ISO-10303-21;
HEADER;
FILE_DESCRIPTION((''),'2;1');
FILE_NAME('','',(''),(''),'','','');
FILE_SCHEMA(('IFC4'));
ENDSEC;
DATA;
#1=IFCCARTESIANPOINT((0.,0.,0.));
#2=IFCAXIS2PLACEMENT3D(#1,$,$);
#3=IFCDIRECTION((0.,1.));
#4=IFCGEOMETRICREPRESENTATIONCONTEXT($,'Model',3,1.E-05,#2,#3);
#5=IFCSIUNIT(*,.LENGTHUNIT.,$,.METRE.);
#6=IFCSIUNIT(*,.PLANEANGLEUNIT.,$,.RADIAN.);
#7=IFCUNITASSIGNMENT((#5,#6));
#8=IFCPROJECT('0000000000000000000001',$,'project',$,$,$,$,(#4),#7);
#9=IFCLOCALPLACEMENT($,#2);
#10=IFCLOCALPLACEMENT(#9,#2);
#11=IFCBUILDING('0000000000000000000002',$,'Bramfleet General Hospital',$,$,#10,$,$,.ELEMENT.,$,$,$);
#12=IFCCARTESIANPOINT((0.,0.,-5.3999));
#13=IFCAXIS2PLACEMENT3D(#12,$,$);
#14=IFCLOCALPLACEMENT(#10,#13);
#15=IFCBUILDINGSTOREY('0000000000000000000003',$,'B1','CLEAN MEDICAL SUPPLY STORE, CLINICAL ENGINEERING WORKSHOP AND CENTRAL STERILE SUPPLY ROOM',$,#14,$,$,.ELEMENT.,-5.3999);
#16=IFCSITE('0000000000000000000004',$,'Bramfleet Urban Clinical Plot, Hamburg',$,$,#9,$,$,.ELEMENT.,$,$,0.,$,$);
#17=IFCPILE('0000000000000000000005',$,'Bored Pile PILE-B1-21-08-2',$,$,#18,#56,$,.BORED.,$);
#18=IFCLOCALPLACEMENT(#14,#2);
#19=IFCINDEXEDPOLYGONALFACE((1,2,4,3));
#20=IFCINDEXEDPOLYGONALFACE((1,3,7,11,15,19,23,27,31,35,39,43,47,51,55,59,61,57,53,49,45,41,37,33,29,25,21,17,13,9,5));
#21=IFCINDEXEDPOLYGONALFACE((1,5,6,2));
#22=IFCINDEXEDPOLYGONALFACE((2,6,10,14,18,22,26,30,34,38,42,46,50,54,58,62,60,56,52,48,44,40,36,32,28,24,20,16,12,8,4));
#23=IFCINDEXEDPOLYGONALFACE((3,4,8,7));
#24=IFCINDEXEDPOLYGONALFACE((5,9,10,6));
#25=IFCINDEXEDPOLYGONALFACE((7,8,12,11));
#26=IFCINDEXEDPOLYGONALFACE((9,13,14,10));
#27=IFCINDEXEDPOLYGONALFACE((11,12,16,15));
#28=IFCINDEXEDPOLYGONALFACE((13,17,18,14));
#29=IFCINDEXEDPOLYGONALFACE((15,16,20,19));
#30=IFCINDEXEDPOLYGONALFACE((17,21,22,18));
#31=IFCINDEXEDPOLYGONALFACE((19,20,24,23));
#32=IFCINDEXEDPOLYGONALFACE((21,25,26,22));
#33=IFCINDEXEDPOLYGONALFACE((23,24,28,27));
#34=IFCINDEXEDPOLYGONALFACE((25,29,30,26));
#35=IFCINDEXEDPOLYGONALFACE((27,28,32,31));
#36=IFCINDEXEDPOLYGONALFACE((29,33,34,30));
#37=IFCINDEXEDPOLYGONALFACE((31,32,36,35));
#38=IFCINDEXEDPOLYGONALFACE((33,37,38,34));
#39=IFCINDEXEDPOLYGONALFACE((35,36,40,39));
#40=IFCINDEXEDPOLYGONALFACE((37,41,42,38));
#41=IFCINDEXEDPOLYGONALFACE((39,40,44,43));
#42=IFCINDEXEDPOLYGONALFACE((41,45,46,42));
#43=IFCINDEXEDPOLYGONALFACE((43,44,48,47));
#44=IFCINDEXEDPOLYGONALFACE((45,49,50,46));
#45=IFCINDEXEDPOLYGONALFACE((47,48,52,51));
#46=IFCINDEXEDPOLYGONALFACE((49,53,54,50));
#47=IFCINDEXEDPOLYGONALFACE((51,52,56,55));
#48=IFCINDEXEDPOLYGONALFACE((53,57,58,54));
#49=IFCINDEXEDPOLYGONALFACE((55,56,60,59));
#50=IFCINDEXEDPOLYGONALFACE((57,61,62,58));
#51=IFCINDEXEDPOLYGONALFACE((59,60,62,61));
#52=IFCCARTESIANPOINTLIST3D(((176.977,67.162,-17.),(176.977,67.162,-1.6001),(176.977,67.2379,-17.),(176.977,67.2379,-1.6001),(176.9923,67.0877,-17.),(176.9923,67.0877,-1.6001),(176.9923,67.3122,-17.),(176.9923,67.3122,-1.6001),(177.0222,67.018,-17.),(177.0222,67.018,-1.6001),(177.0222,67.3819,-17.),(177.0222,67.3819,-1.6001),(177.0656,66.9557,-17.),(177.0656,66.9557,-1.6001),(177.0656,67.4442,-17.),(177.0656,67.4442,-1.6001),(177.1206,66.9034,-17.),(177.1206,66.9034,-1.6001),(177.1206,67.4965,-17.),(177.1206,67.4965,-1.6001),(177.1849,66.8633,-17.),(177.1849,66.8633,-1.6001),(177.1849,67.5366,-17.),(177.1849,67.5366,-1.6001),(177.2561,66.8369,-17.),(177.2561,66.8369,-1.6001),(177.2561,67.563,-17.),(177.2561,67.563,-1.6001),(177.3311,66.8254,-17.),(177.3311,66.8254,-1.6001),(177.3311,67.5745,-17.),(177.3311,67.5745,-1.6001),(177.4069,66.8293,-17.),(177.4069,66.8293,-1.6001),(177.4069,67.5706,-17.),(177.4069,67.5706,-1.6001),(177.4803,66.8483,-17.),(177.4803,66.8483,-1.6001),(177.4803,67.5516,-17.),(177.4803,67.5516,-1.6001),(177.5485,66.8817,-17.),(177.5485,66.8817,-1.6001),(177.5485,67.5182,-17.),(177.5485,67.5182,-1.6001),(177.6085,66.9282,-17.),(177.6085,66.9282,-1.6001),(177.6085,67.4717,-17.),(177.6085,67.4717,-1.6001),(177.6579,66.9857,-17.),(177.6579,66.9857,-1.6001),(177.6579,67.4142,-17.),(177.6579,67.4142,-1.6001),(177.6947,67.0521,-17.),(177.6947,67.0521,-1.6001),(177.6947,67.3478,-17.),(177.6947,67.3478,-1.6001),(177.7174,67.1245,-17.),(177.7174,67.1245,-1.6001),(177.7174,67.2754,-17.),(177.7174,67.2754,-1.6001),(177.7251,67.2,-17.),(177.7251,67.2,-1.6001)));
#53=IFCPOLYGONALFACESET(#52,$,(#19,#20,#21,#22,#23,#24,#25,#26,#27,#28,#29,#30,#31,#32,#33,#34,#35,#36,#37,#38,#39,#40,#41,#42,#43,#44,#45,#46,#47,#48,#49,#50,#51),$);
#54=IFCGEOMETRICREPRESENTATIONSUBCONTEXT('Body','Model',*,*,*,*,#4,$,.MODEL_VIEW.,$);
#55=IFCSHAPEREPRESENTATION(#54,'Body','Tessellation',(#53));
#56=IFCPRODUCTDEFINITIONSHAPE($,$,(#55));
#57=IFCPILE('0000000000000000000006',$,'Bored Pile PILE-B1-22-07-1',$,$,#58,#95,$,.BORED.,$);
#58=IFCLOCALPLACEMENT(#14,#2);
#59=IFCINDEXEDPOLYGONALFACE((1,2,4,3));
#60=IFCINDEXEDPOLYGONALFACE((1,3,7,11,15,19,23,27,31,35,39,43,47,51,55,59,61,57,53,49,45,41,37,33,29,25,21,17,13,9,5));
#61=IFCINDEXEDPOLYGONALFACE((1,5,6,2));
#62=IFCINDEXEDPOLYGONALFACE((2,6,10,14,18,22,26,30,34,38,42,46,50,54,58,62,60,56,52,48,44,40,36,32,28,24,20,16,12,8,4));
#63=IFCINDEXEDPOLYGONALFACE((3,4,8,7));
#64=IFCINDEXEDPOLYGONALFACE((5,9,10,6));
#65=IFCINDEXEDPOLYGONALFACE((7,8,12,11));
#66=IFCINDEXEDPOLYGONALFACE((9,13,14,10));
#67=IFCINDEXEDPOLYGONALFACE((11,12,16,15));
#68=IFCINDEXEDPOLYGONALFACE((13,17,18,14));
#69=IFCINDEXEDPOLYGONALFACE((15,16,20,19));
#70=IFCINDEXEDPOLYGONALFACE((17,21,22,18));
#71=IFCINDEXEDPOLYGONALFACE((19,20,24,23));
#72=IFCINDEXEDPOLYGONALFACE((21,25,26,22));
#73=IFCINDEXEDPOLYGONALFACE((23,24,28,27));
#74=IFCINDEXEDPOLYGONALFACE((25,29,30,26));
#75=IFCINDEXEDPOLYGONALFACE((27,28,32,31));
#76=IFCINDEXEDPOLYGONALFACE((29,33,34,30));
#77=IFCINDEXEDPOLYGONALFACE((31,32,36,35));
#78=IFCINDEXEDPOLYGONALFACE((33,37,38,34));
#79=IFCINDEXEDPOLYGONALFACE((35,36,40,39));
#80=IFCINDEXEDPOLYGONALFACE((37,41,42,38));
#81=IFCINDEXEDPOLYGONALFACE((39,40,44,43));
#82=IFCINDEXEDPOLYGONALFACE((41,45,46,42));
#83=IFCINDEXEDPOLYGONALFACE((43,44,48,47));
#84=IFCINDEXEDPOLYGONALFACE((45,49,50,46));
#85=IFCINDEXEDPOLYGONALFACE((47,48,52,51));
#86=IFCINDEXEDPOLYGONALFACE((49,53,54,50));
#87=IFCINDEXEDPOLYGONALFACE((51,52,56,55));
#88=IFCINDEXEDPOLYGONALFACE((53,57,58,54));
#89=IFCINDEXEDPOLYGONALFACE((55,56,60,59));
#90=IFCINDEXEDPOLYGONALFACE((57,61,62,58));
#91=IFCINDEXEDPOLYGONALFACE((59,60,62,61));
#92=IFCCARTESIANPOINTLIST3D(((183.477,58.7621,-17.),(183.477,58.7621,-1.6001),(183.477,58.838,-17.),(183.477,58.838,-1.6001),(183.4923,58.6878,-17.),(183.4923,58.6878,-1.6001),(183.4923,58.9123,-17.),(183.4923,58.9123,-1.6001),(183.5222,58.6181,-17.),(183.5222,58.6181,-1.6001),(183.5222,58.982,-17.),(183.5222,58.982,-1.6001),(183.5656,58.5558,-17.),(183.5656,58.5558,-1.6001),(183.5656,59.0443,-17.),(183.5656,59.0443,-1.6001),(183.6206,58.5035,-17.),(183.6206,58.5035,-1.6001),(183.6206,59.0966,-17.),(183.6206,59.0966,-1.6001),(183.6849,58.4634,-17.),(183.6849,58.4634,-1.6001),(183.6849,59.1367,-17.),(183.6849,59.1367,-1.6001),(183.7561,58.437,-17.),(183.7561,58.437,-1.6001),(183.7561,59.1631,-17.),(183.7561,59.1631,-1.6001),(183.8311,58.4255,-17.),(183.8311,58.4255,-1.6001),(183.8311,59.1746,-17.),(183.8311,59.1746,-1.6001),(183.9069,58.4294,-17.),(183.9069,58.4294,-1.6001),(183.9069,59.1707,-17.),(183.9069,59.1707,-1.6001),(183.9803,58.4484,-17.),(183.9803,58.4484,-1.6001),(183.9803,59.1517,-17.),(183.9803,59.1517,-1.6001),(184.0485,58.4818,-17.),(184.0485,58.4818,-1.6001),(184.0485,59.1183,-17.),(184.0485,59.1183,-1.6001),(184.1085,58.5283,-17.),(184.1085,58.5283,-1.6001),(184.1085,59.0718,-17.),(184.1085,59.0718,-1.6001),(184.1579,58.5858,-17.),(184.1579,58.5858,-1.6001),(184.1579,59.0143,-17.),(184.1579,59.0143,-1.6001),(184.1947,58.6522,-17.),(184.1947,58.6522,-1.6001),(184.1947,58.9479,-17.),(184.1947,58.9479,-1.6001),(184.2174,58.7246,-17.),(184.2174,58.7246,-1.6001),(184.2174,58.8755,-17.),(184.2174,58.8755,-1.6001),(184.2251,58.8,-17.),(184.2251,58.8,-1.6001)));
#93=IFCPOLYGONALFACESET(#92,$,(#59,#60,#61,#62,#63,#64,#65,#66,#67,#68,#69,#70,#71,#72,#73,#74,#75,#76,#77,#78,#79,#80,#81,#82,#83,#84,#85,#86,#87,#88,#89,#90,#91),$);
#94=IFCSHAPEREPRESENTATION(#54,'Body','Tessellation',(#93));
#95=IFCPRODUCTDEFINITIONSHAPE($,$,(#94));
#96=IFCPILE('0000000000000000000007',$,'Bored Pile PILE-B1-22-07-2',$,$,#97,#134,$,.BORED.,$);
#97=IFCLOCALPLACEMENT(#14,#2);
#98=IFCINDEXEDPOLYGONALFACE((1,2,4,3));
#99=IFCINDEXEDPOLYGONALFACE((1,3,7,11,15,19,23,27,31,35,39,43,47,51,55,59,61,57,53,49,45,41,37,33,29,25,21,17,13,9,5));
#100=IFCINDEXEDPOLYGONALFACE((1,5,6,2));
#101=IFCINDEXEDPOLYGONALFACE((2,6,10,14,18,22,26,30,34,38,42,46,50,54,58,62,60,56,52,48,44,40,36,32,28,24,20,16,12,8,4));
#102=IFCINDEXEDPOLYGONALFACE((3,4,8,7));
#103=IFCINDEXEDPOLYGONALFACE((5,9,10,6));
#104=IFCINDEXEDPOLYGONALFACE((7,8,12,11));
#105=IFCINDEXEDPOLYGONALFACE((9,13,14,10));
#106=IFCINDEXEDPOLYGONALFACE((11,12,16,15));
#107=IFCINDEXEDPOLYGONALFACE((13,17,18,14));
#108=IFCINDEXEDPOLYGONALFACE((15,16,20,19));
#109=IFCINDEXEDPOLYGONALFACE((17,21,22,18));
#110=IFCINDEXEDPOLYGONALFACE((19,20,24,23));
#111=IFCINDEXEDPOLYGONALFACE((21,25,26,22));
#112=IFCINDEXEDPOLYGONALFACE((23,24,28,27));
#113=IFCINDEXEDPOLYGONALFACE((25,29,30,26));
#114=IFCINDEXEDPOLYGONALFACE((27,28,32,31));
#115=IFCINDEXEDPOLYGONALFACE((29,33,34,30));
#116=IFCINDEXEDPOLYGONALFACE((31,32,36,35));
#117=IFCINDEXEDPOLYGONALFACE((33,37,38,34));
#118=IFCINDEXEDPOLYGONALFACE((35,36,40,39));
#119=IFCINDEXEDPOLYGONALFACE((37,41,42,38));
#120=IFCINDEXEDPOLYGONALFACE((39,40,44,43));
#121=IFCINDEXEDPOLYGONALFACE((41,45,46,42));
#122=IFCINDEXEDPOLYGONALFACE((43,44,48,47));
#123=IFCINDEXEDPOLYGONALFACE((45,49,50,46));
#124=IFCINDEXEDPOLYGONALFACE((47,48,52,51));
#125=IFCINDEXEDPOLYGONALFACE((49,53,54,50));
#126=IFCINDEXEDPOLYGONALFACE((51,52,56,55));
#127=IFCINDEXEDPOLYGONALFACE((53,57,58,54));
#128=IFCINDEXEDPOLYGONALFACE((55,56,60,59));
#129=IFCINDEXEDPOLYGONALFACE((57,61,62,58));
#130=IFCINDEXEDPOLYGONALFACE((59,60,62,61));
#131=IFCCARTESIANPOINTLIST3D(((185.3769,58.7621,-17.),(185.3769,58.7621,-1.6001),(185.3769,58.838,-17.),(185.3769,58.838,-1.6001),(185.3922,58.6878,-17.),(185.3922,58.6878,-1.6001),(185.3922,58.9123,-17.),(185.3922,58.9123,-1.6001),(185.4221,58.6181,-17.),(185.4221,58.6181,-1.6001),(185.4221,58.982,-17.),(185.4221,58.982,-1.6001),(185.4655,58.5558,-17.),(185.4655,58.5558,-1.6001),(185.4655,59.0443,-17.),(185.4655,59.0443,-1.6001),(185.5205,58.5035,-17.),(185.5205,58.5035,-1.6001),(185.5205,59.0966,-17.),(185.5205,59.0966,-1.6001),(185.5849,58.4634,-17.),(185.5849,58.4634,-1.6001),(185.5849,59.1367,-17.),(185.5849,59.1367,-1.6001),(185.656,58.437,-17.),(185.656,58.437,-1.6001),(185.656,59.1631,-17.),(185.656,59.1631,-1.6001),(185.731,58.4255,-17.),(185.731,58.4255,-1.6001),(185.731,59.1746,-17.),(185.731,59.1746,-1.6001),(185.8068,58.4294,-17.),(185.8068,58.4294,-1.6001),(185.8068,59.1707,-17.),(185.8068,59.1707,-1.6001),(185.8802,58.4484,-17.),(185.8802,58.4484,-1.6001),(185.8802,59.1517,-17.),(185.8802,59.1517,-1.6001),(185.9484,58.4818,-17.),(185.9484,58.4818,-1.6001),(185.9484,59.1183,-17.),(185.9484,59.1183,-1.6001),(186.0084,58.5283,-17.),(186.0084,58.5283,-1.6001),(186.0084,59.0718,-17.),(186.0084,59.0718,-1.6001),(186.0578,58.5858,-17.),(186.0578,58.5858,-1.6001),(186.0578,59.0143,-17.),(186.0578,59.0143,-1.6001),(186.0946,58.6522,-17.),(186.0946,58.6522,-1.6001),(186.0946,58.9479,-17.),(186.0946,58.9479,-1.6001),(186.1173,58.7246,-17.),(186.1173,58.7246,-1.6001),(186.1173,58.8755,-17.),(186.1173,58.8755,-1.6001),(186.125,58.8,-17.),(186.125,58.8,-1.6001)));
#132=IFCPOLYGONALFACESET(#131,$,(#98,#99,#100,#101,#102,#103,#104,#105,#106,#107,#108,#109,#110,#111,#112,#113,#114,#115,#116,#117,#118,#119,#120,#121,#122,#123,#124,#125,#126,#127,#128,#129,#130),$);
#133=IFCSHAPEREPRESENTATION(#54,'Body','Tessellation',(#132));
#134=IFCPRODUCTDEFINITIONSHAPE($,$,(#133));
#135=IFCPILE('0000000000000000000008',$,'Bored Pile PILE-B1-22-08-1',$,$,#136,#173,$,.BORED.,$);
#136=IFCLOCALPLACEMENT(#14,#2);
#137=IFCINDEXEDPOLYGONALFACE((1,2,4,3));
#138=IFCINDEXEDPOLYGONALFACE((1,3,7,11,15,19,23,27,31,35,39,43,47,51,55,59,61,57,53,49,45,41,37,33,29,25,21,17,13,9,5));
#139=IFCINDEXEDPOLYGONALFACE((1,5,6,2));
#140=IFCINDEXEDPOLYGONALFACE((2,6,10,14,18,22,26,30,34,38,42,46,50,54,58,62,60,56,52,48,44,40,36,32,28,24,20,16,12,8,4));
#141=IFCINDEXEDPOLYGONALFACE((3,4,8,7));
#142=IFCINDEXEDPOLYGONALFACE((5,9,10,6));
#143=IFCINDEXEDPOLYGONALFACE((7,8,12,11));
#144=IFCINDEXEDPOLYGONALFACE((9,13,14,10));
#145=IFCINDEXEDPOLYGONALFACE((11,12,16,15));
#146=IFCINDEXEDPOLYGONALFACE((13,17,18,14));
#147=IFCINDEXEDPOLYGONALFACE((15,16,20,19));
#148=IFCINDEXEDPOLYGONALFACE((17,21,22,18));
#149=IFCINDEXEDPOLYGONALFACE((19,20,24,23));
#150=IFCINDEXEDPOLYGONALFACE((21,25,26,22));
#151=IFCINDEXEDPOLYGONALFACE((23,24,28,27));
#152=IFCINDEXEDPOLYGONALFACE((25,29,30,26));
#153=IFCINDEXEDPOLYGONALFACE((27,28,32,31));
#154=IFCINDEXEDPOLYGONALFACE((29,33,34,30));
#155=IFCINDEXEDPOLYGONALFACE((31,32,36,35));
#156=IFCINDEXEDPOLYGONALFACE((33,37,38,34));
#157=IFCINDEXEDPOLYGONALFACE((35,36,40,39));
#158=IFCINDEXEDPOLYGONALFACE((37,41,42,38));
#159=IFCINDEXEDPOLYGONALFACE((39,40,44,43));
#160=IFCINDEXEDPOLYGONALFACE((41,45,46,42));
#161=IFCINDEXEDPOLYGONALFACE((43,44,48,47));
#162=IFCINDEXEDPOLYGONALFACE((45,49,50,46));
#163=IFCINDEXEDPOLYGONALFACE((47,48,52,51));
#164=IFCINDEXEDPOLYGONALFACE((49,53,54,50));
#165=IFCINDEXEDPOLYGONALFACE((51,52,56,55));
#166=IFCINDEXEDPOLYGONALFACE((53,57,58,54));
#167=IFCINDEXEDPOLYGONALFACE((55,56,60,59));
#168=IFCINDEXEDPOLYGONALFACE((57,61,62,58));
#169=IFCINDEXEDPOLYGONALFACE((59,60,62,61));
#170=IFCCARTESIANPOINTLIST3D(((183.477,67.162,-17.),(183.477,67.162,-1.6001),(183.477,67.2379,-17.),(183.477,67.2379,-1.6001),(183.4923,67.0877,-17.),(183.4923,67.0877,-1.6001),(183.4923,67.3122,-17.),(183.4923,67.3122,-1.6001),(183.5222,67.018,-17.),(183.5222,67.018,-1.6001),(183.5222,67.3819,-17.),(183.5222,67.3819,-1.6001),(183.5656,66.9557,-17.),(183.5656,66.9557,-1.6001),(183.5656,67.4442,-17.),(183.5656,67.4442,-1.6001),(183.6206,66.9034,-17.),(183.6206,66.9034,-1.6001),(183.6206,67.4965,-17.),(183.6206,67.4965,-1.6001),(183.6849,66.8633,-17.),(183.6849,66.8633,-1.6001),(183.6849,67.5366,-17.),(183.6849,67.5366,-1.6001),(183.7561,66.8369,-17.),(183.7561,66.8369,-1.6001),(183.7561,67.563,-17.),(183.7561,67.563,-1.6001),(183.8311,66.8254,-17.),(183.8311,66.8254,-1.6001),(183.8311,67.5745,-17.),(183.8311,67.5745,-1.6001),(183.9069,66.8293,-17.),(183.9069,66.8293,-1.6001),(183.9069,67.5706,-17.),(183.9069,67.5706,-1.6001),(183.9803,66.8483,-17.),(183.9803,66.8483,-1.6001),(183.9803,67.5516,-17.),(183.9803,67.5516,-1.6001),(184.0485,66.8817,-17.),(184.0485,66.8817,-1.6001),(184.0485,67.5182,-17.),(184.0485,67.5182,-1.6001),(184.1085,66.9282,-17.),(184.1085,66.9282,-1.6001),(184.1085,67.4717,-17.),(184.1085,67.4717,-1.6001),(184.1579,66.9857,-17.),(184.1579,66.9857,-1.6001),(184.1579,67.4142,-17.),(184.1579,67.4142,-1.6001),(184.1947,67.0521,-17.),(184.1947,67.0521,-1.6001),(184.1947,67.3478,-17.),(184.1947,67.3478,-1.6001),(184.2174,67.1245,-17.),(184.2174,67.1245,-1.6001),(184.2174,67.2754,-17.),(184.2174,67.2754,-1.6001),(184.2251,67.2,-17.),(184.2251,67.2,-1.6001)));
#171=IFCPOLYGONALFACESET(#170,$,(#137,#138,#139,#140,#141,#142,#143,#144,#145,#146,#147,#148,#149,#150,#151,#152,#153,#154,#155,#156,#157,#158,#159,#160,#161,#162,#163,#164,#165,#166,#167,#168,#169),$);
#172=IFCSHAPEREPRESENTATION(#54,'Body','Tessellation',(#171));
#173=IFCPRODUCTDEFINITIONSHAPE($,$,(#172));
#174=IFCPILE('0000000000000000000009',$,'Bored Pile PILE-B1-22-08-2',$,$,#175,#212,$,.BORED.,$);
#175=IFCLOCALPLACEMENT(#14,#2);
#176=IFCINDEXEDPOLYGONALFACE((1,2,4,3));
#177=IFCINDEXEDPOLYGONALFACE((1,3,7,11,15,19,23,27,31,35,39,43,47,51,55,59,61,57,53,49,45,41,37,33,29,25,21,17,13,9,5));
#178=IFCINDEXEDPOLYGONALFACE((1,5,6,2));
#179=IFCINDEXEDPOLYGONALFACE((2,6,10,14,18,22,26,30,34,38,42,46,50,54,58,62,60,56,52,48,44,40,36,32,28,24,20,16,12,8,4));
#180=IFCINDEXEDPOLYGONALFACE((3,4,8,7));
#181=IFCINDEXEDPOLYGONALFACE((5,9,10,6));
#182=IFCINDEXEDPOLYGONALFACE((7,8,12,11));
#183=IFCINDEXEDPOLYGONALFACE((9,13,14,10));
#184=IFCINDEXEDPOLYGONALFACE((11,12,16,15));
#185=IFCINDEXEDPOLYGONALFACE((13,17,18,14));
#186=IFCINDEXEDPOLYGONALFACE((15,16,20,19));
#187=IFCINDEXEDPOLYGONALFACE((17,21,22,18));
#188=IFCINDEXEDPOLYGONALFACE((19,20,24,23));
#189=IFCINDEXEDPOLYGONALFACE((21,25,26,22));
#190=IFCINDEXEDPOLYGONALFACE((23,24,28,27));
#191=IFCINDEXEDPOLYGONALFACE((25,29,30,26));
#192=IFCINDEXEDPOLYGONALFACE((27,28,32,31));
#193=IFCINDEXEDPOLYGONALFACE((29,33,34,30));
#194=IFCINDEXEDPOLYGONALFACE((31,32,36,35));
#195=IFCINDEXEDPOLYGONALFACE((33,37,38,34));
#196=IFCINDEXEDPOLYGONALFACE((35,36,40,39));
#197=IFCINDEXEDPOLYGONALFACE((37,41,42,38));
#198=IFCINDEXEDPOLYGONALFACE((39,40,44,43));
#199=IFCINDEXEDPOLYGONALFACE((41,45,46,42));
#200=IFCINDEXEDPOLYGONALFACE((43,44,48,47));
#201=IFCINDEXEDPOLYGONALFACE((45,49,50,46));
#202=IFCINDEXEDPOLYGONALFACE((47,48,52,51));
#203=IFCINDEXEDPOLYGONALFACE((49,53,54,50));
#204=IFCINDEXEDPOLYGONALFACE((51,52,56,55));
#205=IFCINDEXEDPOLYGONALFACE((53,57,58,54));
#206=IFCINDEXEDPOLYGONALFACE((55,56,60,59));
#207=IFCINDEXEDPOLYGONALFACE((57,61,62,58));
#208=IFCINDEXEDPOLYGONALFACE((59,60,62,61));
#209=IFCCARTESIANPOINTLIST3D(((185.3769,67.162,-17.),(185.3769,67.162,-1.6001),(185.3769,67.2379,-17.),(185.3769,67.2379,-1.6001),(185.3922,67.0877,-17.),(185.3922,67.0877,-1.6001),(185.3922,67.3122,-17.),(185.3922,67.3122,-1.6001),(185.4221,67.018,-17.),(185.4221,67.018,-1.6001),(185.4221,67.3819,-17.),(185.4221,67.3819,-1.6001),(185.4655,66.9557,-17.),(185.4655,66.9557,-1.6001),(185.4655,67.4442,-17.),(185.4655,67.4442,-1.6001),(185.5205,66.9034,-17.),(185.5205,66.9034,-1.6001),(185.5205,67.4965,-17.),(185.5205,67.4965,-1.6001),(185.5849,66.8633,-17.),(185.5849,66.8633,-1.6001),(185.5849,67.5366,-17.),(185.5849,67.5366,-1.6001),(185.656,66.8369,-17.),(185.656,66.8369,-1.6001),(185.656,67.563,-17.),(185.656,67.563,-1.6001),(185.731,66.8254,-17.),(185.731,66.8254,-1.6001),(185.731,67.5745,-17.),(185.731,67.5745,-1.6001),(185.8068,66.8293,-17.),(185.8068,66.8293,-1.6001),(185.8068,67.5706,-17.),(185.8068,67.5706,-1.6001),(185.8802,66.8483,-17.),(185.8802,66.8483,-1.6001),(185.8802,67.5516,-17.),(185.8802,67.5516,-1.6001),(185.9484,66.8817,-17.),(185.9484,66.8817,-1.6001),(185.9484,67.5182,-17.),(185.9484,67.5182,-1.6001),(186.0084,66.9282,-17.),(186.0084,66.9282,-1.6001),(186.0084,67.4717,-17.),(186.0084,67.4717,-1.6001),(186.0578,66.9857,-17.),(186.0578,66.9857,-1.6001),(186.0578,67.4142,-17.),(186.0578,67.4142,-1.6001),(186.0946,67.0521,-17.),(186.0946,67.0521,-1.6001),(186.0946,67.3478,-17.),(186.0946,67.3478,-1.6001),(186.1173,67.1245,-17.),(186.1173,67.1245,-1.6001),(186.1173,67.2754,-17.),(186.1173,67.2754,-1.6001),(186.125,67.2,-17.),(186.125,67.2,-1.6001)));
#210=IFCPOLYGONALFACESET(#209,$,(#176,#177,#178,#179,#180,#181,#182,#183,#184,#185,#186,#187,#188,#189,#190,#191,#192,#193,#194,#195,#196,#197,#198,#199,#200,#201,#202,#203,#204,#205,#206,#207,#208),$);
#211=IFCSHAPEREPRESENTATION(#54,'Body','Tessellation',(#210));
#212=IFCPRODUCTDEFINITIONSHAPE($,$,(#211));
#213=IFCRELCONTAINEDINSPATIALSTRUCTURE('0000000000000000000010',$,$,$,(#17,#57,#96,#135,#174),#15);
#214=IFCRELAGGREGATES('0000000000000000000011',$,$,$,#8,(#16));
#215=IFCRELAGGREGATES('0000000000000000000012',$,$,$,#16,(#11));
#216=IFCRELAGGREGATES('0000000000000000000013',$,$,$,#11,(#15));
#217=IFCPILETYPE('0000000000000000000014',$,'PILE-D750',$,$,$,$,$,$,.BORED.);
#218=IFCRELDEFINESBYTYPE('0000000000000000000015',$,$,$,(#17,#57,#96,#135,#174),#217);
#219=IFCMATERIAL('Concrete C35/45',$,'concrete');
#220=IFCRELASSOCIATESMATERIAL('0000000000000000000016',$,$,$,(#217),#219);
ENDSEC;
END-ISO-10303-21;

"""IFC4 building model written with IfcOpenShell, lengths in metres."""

from ifc_helpers import new_model, si_unit, direction, frame, origin, origin_2d, place, context, subcontext, project, spatial, circle, extrude, material, material_profile, profile_set, type_object, element, save


model = new_model("IFC4")

# Units and contexts
model_context = context("Model", 3, precision=1e-05, world=origin(), true_north=direction((0.0, 1.0)))
body_context = subcontext(model_context, "Body", "Model", "MODEL_VIEW")
ifc_project = project(units=[si_unit("LENGTHUNIT", "METRE"), si_unit("PLANEANGLEUNIT", "RADIAN")], contexts=[model_context])

# Site, building, storey
site_placement = place(None, origin())
site = spatial("IfcSite", under=ifc_project, at=site_placement, Name="Bramfleet Urban Clinical Plot, Hamburg", CompositionType="ELEMENT", RefElevation=0.0)
building_placement = place(site_placement, origin())
building = spatial("IfcBuilding", under=site, at=building_placement, Name="Bramfleet General Hospital", CompositionType="ELEMENT")
storey_placement = place(building_placement, frame((0.0, 0.0, -5.3999)))
storey = spatial("IfcBuildingStorey", under=building, at=storey_placement, Name="B1", Description="CLEAN MEDICAL SUPPLY STORE, CLINICAL ENGINEERING WORKSHOP AND CENTRAL STERILE SUPPLY ROOM", CompositionType="ELEMENT", Elevation=-5.3999)

# Shared definitions
ifc_material_1 = material(Name="Concrete C35/45", Category="concrete")

# Piles
ifc_material_profile_1 = material_profile(ifc_material_1, circle(Radius=0.375, at=origin_2d()), Name="PILE BORED D750")
ifc_profile_set_1 = profile_set([ifc_material_profile_1], Name="Concrete C35/45")
pile_type = type_object("IfcPileType", Name="PILE-D750", PredefinedType="BORED", material=ifc_profile_set_1)
for number, where, z_axis, x_axis, name in (
    (1, (177.3501, 67.2, -1.6001), (0.0, 0.0, -1.0), (1.0, 0.0, 0.0), "Bored Pile PILE-B1-21-08-2"),
    (2, (183.8501, 58.8, -1.6001), (0.0, 0.0, -1.0), (1.0, 0.0, 0.0), "Bored Pile PILE-B1-22-07-1"),
    (3, (185.75, 58.8, -1.6001), (0.0, 0.0, -1.0), (1.0, 0.0, 0.0), "Bored Pile PILE-B1-22-07-2"),
    (4, (183.8501, 67.2, -1.6001), (0.0, 0.0, -1.0), (1.0, 0.0, 0.0), "Bored Pile PILE-B1-22-08-1"),
    (5, (185.75, 67.2, -1.6001), (0.0, 0.0, -1.0), (1.0, 0.0, 0.0), "Bored Pile PILE-B1-22-08-2"),
):
    element("IfcPile", number, at=place(storey_placement, frame(where, z_axis=z_axis, x_axis=x_axis)), inside=storey, type_object=pile_type, Name=name, PredefinedType="BORED", context=body_context, shape_type="SweptSolid", body=[
        extrude(circle(Radius=0.375, at=origin_2d()), origin(), (0.0, 0.0, 1.0), 15.3999),
    ])

save(model, "model.ifc")
